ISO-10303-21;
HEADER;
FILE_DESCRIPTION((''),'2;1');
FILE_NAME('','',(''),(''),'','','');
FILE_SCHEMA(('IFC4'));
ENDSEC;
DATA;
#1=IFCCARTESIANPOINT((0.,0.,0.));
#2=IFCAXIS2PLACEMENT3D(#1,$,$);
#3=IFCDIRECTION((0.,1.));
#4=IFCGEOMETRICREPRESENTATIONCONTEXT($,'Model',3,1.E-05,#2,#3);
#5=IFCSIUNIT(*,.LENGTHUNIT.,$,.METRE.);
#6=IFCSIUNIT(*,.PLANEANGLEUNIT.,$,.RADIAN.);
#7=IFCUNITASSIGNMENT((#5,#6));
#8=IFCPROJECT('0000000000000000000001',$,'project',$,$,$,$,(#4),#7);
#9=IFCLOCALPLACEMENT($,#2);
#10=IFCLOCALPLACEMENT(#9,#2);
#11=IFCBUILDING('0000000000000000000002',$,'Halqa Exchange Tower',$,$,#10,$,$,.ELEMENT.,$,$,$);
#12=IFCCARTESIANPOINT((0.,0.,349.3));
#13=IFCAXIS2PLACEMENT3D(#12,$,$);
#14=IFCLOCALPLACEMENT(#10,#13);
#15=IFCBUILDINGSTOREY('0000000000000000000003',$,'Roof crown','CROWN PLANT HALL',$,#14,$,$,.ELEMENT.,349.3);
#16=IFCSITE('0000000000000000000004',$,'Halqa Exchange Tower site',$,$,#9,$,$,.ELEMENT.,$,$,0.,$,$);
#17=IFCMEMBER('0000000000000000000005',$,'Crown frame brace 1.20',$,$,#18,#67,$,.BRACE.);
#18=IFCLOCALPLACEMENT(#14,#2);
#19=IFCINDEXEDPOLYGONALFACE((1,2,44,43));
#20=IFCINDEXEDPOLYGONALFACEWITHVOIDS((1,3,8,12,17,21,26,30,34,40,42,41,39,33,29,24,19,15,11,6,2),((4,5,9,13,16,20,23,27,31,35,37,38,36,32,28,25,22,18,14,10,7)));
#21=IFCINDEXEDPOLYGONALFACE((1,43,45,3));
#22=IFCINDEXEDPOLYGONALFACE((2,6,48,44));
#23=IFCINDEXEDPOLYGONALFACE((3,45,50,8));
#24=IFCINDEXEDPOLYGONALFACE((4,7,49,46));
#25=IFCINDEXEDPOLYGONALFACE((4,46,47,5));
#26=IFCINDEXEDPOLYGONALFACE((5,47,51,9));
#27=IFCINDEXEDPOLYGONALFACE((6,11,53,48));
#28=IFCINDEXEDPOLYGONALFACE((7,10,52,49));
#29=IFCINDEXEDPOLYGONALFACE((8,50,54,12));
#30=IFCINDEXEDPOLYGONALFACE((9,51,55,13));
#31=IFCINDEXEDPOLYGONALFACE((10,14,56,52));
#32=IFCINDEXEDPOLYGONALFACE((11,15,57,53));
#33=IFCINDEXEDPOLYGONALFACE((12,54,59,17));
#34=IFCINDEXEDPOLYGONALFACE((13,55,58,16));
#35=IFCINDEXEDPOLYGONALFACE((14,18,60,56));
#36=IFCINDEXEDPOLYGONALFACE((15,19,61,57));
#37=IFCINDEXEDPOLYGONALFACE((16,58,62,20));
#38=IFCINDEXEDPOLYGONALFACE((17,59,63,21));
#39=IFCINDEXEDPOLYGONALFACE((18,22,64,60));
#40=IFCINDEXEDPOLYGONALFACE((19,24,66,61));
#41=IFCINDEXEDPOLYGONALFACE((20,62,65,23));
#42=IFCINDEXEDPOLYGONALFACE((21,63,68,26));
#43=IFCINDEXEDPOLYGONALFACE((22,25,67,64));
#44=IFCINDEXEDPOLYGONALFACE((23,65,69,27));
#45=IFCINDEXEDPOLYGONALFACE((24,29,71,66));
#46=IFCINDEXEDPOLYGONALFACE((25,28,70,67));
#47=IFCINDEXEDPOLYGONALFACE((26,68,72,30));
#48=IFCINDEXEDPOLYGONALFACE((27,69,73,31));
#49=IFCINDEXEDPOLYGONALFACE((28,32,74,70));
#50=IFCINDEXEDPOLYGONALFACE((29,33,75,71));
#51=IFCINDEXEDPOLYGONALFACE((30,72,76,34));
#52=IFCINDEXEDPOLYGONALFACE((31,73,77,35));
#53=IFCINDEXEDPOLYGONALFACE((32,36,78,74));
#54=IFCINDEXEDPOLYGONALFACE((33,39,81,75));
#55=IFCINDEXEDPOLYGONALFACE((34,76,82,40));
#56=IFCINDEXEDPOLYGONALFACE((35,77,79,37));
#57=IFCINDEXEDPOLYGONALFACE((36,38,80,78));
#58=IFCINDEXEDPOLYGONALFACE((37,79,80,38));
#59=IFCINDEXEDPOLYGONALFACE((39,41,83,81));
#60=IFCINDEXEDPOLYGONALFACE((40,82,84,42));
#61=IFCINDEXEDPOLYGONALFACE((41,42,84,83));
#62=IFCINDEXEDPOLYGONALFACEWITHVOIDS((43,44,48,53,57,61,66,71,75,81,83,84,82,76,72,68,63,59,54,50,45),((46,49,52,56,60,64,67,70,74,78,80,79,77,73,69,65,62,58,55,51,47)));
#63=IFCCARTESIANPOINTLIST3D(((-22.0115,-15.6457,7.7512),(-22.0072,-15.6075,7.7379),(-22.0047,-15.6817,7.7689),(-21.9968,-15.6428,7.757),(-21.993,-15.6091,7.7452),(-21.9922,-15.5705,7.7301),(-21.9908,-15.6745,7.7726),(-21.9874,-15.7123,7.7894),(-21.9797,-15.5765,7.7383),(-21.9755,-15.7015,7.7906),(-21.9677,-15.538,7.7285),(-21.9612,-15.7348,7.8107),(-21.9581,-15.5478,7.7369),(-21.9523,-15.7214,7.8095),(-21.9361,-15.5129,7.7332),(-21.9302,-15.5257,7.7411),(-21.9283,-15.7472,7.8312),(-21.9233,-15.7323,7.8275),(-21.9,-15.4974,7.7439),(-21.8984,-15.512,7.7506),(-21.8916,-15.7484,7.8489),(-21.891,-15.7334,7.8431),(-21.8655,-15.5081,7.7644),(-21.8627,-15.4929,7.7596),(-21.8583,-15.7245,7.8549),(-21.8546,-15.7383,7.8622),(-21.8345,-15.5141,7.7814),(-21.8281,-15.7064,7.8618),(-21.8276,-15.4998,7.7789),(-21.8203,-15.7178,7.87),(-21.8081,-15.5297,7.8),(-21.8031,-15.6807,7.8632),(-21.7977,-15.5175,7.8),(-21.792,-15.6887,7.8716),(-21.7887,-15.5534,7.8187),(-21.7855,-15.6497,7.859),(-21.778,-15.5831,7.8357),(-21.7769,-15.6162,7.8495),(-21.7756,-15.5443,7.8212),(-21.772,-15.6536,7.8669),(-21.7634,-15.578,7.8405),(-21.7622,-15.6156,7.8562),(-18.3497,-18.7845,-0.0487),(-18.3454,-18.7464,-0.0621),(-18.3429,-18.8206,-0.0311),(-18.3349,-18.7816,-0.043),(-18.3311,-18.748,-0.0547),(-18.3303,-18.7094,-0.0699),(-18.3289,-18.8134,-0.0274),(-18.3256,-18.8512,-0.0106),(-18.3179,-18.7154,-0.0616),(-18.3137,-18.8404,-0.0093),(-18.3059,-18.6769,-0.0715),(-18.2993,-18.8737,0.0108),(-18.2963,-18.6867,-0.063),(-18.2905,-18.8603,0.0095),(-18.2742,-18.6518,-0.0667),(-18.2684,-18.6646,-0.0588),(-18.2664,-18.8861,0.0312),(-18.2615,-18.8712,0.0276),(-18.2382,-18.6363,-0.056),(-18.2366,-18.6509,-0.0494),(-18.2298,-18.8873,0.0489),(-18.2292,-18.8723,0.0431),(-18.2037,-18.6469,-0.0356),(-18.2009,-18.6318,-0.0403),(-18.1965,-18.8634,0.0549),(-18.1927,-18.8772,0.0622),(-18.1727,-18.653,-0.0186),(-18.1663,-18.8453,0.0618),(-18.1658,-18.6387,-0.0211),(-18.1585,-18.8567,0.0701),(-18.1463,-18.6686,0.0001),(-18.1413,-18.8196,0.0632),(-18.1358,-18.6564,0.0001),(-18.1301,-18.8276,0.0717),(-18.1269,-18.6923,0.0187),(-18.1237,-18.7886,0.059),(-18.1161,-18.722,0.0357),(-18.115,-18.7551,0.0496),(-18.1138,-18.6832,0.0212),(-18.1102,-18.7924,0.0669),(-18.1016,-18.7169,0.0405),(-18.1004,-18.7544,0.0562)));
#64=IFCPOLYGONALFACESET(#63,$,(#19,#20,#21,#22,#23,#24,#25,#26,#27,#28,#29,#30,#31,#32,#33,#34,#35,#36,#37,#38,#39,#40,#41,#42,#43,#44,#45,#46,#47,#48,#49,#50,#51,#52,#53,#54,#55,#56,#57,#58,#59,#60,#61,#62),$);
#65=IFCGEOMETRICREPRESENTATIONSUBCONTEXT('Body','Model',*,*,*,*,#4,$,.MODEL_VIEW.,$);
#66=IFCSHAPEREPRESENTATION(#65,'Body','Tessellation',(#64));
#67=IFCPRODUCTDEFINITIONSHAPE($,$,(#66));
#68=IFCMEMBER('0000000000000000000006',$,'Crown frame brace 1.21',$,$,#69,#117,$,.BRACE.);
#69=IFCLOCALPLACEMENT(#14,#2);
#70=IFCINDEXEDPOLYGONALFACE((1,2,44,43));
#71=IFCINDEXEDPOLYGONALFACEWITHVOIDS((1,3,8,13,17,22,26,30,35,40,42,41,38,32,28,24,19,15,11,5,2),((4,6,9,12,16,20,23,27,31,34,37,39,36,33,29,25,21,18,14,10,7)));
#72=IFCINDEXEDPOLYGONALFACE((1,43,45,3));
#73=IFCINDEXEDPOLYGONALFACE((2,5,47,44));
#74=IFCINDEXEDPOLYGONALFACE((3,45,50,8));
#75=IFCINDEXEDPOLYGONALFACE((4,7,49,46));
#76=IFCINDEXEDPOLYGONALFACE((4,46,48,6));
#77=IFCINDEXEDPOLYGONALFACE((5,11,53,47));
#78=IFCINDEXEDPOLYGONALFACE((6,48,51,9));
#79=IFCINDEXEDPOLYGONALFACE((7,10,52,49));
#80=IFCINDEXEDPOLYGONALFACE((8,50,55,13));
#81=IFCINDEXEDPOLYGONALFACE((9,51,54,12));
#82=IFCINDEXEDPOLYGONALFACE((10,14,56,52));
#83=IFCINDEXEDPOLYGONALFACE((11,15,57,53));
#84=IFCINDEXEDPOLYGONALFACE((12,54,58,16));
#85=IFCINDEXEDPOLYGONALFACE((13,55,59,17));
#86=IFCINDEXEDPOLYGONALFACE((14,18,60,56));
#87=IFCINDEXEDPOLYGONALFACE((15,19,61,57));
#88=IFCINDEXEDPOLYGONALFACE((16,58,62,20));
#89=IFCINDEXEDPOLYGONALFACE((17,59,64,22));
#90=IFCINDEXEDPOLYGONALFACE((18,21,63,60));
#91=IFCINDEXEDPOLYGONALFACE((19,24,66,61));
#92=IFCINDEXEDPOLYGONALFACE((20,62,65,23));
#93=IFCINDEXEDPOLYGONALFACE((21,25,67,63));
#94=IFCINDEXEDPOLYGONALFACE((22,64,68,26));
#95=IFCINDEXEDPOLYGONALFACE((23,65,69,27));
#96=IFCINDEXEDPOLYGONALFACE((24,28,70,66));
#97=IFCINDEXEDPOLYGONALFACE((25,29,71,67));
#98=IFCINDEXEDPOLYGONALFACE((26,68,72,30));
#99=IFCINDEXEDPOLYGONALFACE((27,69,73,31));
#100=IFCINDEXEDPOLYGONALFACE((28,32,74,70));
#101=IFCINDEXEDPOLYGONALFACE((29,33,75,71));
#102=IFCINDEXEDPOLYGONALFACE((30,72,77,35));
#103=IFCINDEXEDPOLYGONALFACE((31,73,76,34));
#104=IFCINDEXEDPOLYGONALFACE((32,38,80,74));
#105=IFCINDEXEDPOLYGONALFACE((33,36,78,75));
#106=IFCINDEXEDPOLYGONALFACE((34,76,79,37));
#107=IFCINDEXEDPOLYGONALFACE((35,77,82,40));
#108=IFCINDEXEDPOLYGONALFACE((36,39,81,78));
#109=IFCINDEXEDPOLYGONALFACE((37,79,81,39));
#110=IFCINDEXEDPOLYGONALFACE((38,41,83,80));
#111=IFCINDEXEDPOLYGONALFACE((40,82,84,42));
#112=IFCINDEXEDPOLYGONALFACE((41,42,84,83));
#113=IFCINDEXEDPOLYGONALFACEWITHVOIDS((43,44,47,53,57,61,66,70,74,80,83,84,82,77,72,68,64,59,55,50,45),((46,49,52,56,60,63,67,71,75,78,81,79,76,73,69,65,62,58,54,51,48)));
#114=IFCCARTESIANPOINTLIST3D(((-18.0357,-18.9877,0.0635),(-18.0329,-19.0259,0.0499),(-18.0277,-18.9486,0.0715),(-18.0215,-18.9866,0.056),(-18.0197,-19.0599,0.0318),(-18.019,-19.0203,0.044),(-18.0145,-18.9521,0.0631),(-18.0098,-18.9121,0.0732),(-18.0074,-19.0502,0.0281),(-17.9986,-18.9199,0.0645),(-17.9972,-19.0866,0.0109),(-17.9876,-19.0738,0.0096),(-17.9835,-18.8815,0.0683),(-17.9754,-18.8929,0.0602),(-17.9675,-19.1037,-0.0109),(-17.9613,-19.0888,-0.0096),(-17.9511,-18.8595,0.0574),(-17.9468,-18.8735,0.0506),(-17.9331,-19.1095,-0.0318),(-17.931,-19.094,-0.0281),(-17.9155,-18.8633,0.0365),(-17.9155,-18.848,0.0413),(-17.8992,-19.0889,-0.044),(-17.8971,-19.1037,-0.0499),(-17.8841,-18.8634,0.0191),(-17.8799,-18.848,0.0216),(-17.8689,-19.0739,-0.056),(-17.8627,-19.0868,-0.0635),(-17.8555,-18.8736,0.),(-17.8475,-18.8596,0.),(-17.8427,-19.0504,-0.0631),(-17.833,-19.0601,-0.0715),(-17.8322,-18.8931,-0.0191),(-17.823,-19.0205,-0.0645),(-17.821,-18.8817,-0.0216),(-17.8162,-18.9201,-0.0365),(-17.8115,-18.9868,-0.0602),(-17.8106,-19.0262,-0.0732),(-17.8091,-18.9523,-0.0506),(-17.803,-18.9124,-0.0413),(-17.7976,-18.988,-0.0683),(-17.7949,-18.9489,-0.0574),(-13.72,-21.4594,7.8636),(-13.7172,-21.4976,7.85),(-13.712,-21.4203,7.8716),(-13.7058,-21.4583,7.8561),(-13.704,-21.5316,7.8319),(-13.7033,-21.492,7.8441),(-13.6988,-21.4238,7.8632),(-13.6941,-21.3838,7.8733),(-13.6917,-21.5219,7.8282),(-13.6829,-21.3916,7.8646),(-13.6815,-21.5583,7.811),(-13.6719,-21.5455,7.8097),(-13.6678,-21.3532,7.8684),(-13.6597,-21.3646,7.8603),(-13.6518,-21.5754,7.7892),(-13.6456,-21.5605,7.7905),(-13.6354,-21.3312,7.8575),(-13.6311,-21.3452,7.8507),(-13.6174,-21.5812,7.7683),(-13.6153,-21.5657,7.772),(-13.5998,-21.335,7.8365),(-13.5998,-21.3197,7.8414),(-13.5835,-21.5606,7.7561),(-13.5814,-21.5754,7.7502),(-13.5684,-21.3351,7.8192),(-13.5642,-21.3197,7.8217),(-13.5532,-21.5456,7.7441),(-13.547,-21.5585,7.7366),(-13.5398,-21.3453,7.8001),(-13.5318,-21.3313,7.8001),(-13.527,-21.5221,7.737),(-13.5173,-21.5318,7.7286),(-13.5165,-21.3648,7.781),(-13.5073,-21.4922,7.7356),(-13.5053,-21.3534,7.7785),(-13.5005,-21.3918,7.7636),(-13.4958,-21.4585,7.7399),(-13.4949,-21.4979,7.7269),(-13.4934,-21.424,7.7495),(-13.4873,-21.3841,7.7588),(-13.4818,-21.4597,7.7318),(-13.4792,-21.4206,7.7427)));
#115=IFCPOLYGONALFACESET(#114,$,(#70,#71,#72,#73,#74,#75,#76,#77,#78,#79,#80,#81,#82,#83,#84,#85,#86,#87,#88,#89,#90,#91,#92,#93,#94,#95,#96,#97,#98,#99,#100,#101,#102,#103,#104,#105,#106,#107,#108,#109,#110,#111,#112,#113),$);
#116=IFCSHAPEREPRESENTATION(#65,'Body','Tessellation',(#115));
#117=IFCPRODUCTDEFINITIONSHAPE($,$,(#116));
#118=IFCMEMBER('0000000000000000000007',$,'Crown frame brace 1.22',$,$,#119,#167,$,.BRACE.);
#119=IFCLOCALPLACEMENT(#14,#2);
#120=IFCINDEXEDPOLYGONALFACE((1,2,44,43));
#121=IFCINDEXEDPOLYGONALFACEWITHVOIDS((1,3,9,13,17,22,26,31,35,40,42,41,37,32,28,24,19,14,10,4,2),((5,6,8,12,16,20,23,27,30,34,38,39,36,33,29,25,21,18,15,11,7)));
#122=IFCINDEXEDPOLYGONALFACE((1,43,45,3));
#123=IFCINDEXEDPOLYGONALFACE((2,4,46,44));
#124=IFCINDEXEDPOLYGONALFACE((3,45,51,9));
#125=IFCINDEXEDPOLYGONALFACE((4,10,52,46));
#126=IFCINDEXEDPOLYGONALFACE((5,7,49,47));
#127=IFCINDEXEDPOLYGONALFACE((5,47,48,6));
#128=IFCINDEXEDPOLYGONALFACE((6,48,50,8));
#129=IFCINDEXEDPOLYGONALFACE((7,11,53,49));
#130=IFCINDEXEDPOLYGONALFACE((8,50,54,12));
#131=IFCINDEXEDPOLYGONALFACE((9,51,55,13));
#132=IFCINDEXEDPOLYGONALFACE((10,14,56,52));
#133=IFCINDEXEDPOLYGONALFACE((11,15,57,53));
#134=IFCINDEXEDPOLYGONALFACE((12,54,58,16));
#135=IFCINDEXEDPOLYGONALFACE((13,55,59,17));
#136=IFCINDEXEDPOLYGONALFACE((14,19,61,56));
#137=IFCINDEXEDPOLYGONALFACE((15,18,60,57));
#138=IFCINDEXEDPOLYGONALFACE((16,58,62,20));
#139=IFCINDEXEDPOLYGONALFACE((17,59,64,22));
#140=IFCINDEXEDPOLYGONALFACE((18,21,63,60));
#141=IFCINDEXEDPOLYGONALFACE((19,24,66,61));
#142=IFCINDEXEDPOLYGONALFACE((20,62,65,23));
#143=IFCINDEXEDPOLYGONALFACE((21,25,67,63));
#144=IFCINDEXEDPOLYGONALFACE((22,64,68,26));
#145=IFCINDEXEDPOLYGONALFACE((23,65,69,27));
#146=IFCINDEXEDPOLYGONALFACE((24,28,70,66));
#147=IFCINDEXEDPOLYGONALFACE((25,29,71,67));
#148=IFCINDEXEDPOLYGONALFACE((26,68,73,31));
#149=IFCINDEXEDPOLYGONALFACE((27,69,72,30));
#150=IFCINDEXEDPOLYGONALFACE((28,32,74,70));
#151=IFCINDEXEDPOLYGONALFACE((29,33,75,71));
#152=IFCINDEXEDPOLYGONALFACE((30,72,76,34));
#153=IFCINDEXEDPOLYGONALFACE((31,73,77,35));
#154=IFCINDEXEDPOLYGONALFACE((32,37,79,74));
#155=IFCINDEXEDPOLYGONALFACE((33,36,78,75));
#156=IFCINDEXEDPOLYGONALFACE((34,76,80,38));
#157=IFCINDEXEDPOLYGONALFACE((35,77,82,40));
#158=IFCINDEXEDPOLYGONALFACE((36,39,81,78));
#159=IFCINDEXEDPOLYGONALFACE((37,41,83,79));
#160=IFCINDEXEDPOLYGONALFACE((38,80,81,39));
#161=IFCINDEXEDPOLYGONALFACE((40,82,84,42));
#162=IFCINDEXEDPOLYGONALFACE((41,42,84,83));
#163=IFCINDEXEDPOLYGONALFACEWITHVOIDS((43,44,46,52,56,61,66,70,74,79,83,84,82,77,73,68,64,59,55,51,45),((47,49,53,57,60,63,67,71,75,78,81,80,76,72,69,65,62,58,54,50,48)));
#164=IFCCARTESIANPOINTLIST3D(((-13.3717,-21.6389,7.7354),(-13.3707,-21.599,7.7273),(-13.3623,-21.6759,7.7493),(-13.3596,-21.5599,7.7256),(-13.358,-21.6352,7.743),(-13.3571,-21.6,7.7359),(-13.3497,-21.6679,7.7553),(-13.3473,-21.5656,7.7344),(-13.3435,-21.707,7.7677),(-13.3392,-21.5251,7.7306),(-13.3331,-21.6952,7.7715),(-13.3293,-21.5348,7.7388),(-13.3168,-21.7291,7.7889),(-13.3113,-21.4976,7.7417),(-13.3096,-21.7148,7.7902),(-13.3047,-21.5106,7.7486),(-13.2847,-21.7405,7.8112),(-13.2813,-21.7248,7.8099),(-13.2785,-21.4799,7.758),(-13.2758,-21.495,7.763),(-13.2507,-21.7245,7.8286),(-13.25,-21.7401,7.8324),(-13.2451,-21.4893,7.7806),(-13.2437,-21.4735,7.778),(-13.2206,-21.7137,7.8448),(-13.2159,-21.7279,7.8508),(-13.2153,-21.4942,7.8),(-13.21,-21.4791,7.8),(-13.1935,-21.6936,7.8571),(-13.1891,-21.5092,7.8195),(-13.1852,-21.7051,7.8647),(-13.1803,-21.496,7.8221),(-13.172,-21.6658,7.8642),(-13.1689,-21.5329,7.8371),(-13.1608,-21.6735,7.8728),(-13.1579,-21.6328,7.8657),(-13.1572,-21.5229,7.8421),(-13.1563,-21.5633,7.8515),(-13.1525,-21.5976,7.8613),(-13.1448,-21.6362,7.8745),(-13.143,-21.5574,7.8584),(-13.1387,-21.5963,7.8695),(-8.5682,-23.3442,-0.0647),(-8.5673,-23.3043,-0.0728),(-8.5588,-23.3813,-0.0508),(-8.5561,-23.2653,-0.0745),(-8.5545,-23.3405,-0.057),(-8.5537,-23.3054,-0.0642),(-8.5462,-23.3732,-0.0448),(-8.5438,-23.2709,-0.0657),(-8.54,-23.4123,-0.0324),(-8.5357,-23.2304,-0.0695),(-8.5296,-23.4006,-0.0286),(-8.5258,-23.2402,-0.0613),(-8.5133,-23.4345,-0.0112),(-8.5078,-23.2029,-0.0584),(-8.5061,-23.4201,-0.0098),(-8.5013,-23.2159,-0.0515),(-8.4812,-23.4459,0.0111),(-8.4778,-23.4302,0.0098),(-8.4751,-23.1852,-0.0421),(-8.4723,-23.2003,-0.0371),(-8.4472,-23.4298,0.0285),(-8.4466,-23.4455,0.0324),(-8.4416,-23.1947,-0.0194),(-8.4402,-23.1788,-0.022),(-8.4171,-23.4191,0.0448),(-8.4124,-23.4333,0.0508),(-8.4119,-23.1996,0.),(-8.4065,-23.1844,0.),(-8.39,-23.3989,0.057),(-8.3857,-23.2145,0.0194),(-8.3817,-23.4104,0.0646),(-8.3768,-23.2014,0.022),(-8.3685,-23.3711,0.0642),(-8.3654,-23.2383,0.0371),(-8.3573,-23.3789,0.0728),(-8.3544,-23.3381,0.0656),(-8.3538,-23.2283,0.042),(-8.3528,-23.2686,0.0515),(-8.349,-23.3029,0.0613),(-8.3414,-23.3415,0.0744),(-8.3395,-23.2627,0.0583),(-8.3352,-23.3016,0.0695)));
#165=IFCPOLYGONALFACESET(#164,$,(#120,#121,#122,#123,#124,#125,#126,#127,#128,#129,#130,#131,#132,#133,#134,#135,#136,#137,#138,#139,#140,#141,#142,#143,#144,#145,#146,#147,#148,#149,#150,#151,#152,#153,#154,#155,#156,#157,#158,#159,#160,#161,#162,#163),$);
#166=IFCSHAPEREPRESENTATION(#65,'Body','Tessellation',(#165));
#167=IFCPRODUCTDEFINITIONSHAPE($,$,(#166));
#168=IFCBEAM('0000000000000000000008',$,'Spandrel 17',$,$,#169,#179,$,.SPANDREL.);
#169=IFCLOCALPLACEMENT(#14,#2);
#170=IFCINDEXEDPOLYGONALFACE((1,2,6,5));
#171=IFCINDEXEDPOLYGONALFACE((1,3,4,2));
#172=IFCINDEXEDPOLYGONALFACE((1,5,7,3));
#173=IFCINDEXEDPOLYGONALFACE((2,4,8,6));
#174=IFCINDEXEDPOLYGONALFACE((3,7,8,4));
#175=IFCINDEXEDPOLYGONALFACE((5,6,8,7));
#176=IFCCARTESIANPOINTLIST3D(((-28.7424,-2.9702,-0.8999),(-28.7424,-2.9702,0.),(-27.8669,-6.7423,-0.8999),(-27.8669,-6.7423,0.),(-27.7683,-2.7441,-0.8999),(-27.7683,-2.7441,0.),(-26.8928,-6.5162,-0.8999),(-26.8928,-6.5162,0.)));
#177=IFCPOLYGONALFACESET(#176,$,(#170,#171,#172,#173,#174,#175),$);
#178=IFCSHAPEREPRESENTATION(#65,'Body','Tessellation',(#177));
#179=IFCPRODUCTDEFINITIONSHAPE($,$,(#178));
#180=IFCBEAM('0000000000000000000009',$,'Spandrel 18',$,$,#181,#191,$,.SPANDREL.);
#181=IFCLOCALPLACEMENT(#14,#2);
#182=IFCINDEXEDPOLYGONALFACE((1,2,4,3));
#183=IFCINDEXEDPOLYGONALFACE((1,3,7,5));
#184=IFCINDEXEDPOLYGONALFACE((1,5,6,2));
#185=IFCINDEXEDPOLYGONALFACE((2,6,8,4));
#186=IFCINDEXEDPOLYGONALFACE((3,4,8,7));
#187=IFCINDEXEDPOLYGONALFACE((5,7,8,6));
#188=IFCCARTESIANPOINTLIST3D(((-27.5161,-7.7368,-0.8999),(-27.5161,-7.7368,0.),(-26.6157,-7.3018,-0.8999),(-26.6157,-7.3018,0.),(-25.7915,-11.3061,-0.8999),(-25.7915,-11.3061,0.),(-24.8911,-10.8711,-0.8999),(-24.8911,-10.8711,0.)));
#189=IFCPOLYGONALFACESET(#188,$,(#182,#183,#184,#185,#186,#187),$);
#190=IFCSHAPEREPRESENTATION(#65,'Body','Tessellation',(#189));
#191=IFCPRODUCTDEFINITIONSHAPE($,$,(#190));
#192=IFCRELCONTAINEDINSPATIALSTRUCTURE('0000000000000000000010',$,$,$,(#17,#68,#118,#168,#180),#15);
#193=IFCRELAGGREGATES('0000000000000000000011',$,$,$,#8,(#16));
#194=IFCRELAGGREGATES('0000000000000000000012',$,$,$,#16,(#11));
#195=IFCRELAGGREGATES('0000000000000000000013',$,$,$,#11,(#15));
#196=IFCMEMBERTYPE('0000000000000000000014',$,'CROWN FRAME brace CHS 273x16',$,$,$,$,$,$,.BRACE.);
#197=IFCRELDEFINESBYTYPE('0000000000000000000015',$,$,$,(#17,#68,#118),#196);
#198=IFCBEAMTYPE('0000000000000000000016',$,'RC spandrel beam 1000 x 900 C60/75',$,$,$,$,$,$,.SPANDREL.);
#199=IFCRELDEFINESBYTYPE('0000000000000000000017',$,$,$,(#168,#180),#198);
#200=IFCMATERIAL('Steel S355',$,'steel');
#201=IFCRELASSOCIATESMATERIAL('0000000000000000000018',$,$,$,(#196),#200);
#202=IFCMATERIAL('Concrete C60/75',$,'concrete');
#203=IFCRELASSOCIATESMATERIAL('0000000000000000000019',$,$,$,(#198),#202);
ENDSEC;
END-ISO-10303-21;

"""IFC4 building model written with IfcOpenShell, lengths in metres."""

from ifc_helpers import new_model, si_unit, direction, frame, origin, origin_2d, place, context, subcontext, project, spatial, rectangle, hollow_circle, extrude, material, material_profile, profile_set, type_object, element, save


model = new_model("IFC4")

# Units and contexts
model_context = context("Model", 3, precision=1e-05, world=origin(), true_north=direction((0.0, 1.0)))
body_context = subcontext(model_context, "Body", "Model", "MODEL_VIEW")
ifc_project = project(units=[si_unit("LENGTHUNIT", "METRE"), si_unit("PLANEANGLEUNIT", "RADIAN")], contexts=[model_context])

# Site, building, storey
site_placement = place(None, origin())
site = spatial("IfcSite", under=ifc_project, at=site_placement, Name="Halqa Exchange Tower site", CompositionType="ELEMENT", RefElevation=0.0)
building_placement = place(site_placement, origin())
building = spatial("IfcBuilding", under=site, at=building_placement, Name="Halqa Exchange Tower", CompositionType="ELEMENT")
storey_placement = place(building_placement, frame((0.0, 0.0, 349.3)))
storey = spatial("IfcBuildingStorey", under=building, at=storey_placement, Name="Roof crown", Description="CROWN PLANT HALL", CompositionType="ELEMENT", Elevation=349.3)

# Shared definitions
ifc_material_1 = material(Name="Steel S355", Category="steel")

# Members
ifc_material_profile_1 = material_profile(ifc_material_1, hollow_circle(Radius=0.1365, WallThickness=0.0161, at=origin_2d()), Name="CHS 273x16")
ifc_profile_set_1 = profile_set([ifc_material_profile_1], Name="Steel S355")
member_type = type_object("IfcMemberType", Name="CROWN FRAME brace CHS 273x16", PredefinedType="BRACE", material=ifc_profile_set_1)
member_1_placement = place(storey_placement, frame((-21.8865, -15.6211, 7.8), z_axis=(0.399298, -0.342274, -0.850535), x_axis=(0.650812, 0.759239, 0.0)))
element("IfcMember", 1, at=member_1_placement, inside=storey, type_object=member_type, Name="Crown frame brace 1.20", PredefinedType="BRACE", context=body_context, shape_type="SweptSolid", body=[
    extrude(hollow_circle(Radius=0.1365, WallThickness=0.0161, at=origin_2d()), origin(), (0.0, 0.0, 1.0), 9.1707),
])
member_2_placement = place(storey_placement, frame((-17.9153, -18.978, 0.0), z_axis=(0.466525, -0.267189, 0.843187), x_axis=(0.496985, 0.867759, 0.0)))
element("IfcMember", 2, at=member_2_placement, inside=storey, type_object=member_type, Name="Crown frame brace 1.21", PredefinedType="BRACE", context=body_context, shape_type="SweptSolid", body=[
    extrude(hollow_circle(Radius=0.1365, WallThickness=0.0161, at=origin_2d()), origin(), (0.0, 0.0, 1.0), 9.2507),
])
member_3_placement = place(storey_placement, frame((-13.2556, -21.6077, 7.8), z_axis=(0.515513, -0.183017, -0.837109), x_axis=(0.334561, 0.942374, 0.0)))
element("IfcMember", 3, at=member_3_placement, inside=storey, type_object=member_type, Name="Crown frame brace 1.22", PredefinedType="BRACE", context=body_context, shape_type="SweptSolid", body=[
    extrude(hollow_circle(Radius=0.1365, WallThickness=0.0161, at=origin_2d()), origin(), (0.0, 0.0, 1.0), 9.3179),
])

# Beams
ifc_material_2 = material(Name="Concrete C60/75", Category="concrete")
ifc_material_profile_2 = material_profile(ifc_material_2, rectangle(XDim=1.0, YDim=0.8999, at=origin_2d()), Name="1000 x 900")
ifc_profile_set_2 = profile_set([ifc_material_profile_2], Name="Concrete C60/75")
beam_type = type_object("IfcBeamType", Name="RC spandrel beam 1000 x 900 C60/75", PredefinedType="SPANDREL", material=ifc_profile_set_2)
beam_1_placement = place(storey_placement, frame((-28.2554, -2.8572, -0.45), z_axis=(0.226093, -0.974106, 0.0), x_axis=(0.974106, 0.226093, 0.0)))
element("IfcBeam", 4, at=beam_1_placement, inside=storey, type_object=beam_type, Name="Spandrel 17", PredefinedType="SPANDREL", context=body_context, shape_type="SweptSolid", body=[
    extrude(rectangle(XDim=1.0, YDim=0.8999, at=origin_2d()), origin(), (0.0, 0.0, 1.0), 3.8723),
])
beam_2_placement = place(storey_placement, frame((-27.0659, -7.5193, -0.45), z_axis=(0.435052, -0.900405, 0.0), x_axis=(0.900405, 0.435052, 0.0)))
element("IfcBeam", 5, at=beam_2_placement, inside=storey, type_object=beam_type, Name="Spandrel 18", PredefinedType="SPANDREL", context=body_context, shape_type="SweptSolid", body=[
    extrude(rectangle(XDim=1.0, YDim=0.8999, at=origin_2d()), origin(), (0.0, 0.0, 1.0), 3.9641),
])

save(model, "model.ifc")
